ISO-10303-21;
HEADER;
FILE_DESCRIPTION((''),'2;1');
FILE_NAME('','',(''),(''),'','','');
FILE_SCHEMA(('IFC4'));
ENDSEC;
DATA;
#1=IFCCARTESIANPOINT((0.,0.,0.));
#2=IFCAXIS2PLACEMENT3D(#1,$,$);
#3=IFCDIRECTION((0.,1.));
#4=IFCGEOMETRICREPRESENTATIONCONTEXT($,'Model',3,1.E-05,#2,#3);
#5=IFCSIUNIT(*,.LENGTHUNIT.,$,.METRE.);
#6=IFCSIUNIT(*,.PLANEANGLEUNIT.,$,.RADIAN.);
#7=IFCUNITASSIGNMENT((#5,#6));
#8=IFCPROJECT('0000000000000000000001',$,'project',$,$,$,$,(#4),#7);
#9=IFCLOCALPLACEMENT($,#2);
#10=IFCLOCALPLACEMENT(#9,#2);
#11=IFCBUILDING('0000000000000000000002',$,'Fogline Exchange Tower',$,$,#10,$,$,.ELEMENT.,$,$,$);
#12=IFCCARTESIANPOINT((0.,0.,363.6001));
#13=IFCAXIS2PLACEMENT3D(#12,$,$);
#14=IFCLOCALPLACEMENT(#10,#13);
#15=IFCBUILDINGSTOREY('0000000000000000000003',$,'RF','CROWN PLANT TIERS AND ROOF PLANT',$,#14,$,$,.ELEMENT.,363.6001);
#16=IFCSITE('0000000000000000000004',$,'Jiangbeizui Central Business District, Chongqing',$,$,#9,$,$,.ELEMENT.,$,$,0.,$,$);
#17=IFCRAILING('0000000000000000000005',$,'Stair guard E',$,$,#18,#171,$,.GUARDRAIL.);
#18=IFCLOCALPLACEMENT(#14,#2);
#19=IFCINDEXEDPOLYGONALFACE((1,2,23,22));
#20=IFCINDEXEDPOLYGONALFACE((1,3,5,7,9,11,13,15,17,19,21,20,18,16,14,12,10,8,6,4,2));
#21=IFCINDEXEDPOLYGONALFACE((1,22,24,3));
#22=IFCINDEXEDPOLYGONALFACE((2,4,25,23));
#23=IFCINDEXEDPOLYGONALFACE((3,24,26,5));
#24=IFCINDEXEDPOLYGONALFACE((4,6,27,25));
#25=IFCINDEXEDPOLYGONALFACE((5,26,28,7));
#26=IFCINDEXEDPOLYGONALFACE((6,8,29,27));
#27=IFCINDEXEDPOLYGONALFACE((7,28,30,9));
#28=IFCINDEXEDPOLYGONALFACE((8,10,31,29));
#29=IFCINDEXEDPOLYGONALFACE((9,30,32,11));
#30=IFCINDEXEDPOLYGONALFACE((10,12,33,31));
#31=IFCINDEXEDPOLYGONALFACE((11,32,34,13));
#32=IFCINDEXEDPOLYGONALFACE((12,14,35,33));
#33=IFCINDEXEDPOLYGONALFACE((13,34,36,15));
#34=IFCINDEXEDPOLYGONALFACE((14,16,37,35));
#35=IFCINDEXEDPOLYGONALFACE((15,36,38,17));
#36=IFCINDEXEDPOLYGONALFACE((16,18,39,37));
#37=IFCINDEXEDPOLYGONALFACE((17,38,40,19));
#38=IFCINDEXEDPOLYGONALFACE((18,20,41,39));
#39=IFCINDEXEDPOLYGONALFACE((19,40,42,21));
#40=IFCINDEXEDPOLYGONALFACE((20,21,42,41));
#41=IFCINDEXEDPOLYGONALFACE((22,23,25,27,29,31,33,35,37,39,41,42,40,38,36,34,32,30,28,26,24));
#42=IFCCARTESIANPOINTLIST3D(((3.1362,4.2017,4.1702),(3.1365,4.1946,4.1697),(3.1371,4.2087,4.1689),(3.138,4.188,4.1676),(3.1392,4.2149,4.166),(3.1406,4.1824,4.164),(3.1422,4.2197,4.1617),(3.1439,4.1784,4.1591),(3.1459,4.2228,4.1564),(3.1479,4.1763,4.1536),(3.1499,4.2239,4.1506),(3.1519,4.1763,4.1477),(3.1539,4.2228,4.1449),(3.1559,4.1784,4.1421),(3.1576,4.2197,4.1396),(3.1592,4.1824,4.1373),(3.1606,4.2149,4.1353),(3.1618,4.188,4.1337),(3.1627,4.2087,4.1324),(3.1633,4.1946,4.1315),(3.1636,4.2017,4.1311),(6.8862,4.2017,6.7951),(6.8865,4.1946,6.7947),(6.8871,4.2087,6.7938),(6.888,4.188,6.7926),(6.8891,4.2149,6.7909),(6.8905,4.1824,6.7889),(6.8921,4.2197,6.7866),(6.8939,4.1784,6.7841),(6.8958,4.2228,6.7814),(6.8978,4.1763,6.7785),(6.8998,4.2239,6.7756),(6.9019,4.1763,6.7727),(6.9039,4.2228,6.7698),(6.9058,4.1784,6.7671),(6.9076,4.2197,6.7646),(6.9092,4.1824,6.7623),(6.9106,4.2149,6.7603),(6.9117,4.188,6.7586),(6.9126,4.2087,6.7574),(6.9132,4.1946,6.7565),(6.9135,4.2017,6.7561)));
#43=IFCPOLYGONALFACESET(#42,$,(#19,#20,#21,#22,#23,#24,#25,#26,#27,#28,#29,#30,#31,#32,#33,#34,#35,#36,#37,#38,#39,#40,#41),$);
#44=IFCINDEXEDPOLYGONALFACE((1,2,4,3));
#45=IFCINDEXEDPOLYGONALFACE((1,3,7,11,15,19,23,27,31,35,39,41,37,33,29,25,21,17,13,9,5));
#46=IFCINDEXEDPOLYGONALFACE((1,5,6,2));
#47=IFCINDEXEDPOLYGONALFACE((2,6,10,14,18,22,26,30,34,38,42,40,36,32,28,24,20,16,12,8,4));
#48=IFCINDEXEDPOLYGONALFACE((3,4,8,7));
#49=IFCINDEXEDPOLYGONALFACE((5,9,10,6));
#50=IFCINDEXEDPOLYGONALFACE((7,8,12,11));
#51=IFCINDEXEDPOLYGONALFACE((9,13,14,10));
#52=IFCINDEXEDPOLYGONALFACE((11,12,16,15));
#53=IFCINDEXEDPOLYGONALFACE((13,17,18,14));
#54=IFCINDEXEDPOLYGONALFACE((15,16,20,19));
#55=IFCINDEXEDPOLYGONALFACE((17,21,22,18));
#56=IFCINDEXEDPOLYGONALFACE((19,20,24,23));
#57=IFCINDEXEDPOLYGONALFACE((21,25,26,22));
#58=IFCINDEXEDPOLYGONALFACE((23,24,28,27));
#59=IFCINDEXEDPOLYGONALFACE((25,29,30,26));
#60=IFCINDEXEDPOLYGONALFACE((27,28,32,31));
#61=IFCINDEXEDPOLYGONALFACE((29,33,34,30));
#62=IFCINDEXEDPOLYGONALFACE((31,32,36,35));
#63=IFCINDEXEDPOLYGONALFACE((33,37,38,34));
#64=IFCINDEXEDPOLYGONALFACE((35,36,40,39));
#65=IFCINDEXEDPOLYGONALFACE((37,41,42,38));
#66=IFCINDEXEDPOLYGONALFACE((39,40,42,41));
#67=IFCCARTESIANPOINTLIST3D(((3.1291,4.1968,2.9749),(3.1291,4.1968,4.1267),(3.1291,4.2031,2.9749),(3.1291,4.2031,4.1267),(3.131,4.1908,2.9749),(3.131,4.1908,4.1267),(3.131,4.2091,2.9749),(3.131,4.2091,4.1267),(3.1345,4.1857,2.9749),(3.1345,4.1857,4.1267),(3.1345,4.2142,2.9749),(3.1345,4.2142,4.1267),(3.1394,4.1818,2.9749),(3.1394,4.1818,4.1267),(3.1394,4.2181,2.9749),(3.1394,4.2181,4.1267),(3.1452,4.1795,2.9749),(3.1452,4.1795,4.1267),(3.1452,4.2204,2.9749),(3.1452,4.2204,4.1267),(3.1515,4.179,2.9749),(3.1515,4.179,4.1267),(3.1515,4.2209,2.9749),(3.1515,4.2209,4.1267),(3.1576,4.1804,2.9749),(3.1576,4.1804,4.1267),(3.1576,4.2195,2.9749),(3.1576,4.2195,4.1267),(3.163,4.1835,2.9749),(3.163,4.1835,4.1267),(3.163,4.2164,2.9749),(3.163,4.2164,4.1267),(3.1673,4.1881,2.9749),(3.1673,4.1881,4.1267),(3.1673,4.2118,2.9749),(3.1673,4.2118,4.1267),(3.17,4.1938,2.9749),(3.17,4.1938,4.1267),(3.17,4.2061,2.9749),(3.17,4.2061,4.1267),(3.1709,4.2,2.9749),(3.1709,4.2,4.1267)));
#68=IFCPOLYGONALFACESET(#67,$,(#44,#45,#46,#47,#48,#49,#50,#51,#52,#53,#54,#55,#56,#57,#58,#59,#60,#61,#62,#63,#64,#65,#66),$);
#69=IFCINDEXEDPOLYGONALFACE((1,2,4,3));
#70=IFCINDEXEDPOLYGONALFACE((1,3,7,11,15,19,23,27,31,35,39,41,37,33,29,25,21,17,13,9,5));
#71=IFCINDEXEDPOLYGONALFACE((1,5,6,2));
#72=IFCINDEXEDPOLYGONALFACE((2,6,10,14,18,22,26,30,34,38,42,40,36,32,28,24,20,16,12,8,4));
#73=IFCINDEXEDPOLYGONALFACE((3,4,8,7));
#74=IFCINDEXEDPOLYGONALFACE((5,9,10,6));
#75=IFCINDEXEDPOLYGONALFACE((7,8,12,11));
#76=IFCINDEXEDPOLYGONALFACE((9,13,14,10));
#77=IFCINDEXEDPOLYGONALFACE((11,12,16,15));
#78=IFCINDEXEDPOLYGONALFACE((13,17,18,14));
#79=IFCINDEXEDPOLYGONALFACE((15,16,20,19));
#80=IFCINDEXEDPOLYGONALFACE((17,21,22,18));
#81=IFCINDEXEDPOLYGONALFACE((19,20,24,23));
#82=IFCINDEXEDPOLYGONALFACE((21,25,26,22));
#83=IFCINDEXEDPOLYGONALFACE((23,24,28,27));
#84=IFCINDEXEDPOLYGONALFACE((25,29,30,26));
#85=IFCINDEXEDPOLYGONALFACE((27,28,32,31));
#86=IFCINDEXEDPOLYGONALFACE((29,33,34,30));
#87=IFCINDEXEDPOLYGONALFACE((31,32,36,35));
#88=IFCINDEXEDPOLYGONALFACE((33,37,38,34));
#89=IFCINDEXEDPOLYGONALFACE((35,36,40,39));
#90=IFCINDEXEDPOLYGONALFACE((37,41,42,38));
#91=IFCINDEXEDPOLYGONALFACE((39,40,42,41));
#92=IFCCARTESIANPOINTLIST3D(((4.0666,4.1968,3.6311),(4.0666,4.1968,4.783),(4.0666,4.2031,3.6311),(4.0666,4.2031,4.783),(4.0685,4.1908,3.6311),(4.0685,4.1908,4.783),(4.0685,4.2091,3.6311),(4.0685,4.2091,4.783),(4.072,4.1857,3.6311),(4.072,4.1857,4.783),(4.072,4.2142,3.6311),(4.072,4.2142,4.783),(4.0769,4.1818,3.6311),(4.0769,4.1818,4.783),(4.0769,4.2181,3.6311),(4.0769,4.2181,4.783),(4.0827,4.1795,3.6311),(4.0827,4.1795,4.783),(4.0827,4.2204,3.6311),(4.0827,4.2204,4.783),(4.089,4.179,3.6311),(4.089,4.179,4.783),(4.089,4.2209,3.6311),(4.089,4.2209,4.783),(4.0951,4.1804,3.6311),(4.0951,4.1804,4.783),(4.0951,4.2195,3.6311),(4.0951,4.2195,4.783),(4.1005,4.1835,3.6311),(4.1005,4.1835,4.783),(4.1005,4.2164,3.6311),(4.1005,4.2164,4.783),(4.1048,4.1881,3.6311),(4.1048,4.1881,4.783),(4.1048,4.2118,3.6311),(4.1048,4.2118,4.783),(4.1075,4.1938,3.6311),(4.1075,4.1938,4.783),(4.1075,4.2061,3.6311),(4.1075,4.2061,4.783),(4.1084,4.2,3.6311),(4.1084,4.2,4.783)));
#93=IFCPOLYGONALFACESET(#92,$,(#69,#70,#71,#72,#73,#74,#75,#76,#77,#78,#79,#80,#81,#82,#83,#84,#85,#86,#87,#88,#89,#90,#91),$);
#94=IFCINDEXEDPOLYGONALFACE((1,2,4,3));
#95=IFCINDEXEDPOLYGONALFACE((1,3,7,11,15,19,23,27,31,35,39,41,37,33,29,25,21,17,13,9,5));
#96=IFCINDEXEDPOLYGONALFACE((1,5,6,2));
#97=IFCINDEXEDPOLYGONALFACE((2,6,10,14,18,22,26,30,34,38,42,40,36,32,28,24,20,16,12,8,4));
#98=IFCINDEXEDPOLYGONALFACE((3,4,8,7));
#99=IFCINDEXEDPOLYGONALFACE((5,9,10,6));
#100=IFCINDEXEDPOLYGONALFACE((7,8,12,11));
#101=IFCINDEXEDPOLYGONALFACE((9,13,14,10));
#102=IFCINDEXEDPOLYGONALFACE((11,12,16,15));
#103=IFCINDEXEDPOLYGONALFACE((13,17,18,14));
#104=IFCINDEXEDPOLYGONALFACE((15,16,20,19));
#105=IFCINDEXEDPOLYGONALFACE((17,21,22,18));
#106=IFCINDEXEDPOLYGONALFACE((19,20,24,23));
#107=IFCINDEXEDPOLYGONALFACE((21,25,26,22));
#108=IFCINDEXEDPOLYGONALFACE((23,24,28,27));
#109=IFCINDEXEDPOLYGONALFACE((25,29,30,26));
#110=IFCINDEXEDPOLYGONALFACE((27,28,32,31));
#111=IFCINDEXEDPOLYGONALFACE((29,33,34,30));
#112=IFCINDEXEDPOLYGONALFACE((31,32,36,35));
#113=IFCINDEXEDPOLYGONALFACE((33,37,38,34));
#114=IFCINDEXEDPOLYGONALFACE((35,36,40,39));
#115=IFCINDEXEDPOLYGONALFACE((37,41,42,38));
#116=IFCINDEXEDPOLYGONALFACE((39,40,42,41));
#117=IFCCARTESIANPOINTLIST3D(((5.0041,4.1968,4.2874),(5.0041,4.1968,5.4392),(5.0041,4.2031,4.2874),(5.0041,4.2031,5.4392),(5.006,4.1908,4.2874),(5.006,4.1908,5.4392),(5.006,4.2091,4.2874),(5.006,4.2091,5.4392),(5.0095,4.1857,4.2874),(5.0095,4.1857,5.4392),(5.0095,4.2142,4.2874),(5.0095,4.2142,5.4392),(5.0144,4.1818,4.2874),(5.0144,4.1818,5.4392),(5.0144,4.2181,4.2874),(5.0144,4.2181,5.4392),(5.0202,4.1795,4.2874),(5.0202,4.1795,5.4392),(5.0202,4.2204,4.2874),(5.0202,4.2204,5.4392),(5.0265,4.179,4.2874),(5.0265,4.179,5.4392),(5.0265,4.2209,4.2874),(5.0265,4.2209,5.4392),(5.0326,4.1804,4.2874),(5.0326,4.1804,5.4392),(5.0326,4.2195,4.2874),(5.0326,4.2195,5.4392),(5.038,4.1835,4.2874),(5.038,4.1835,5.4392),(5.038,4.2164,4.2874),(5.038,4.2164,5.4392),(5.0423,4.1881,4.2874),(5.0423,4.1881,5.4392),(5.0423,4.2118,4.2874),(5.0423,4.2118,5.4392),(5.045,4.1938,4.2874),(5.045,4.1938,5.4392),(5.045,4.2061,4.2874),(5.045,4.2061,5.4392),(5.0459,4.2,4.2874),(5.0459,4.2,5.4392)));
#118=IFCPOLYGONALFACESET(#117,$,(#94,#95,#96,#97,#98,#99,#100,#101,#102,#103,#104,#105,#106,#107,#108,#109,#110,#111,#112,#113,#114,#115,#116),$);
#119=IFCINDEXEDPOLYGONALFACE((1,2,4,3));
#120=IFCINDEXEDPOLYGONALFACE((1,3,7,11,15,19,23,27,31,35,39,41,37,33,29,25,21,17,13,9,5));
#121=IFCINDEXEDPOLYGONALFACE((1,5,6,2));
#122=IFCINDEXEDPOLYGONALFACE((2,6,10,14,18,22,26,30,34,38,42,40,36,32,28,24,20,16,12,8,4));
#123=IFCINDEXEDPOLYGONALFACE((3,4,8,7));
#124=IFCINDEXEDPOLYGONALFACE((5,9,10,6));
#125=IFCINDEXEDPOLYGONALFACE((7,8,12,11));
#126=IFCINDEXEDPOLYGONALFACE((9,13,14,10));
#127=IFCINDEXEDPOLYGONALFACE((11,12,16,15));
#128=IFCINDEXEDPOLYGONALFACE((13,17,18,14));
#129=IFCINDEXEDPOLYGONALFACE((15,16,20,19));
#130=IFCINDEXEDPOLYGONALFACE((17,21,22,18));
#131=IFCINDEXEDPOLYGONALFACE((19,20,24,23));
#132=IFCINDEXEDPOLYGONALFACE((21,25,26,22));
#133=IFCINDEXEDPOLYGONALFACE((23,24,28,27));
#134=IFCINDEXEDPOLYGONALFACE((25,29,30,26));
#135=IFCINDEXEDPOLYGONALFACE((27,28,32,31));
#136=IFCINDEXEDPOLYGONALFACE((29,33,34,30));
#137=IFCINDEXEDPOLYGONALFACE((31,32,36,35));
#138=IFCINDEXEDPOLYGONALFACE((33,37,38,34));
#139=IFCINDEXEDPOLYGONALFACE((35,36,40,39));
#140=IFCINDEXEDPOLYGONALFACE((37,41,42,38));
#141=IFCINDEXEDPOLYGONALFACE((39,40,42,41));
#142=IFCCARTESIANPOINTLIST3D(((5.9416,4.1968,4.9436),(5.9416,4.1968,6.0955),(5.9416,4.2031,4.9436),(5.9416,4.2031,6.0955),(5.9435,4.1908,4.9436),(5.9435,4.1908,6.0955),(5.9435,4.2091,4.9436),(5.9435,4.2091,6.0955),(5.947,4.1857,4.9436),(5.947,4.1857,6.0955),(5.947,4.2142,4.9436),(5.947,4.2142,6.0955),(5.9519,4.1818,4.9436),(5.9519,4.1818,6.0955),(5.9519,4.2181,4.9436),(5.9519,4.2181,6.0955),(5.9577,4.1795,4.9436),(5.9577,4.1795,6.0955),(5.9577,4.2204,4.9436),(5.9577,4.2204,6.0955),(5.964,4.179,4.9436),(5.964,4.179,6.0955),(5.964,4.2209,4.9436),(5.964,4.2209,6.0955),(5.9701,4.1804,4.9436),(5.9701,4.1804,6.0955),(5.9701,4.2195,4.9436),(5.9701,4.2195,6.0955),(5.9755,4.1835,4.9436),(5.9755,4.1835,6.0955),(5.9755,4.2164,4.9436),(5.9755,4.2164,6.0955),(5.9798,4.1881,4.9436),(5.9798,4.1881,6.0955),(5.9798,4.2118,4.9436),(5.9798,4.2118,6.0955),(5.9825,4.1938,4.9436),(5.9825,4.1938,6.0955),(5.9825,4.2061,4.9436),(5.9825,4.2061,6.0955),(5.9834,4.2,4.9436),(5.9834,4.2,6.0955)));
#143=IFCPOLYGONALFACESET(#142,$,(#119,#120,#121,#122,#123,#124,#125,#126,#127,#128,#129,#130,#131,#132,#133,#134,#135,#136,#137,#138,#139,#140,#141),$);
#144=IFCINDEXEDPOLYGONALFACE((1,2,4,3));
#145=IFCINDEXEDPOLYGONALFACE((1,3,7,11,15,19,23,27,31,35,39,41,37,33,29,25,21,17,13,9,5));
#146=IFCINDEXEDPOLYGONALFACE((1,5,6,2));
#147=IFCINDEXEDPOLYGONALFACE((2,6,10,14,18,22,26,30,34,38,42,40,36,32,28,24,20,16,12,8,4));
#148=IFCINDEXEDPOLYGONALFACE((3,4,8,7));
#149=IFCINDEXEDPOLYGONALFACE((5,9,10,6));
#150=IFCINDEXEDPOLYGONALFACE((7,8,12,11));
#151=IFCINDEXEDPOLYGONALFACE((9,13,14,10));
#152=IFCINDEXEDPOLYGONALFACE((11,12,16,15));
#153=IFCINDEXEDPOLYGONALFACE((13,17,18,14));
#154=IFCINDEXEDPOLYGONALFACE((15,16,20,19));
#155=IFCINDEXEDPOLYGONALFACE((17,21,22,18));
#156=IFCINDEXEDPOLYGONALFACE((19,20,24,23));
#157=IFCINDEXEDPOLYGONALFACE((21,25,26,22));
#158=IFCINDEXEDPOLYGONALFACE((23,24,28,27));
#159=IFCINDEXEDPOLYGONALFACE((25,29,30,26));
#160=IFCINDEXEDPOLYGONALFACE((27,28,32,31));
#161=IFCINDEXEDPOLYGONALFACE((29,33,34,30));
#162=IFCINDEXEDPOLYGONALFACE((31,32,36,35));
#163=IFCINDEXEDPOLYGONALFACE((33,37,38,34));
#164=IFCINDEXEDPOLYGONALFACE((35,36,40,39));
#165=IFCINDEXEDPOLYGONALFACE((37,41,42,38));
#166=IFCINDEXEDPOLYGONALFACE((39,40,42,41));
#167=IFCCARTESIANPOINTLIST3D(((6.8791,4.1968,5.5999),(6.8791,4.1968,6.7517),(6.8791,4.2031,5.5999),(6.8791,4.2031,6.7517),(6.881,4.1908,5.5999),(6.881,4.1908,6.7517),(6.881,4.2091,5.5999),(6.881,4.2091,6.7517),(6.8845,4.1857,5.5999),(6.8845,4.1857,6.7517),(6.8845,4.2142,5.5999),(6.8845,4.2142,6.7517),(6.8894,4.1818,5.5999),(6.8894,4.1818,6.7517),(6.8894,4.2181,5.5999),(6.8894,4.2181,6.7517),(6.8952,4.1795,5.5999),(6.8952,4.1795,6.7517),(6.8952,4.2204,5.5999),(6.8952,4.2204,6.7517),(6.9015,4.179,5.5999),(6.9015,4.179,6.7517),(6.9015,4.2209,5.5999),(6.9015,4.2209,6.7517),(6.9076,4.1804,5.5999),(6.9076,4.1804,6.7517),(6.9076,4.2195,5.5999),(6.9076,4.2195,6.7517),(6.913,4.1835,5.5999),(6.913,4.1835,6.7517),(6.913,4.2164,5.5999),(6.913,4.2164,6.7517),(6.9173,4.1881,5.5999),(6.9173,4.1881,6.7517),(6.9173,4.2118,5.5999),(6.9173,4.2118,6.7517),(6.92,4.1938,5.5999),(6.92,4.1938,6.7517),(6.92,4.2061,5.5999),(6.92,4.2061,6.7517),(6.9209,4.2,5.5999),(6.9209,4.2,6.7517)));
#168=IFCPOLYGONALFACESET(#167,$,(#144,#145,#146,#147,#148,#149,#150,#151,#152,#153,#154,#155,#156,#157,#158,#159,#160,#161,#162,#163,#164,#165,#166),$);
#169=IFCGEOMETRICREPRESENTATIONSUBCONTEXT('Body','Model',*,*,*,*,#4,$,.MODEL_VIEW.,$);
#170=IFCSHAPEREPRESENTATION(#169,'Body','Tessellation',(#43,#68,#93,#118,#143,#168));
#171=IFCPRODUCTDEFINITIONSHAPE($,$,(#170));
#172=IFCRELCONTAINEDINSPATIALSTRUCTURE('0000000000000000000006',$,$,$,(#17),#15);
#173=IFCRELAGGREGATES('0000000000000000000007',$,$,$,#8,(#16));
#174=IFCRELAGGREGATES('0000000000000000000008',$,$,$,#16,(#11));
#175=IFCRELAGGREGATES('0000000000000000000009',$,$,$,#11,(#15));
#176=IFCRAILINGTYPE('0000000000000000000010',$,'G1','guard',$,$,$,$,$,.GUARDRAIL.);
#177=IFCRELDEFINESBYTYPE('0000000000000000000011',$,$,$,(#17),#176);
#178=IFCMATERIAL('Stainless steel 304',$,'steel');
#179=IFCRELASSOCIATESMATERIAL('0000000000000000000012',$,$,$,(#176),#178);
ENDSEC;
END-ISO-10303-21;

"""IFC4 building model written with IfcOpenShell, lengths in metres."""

from ifc_helpers import new_model, si_unit, direction, frame, origin, origin_2d, place, context, subcontext, project, spatial, circle, extrude, material, type_object, element, save


model = new_model("IFC4")

# Units and contexts
model_context = context("Model", 3, precision=1e-05, world=origin(), true_north=direction((0.0, 1.0)))
body_context = subcontext(model_context, "Body", "Model", "MODEL_VIEW")
ifc_project = project(units=[si_unit("LENGTHUNIT", "METRE"), si_unit("PLANEANGLEUNIT", "RADIAN")], contexts=[model_context])

# Site, building, storey
site_placement = place(None, origin())
site = spatial("IfcSite", under=ifc_project, at=site_placement, Name="Jiangbeizui Central Business District, Chongqing", CompositionType="ELEMENT", RefElevation=0.0)
building_placement = place(site_placement, origin())
building = spatial("IfcBuilding", under=site, at=building_placement, Name="Fogline Exchange Tower", CompositionType="ELEMENT")
storey_placement = place(building_placement, frame((0.0, 0.0, 363.6001)))
storey = spatial("IfcBuildingStorey", under=building, at=storey_placement, Name="RF", Description="CROWN PLANT TIERS AND ROOF PLANT", CompositionType="ELEMENT", Elevation=363.6001)

# Railing
ifc_material_1 = material(Name="Stainless steel 304", Category="steel")
railing_type_1 = type_object("IfcRailingType", Name="G1", Description="guard", PredefinedType="GUARDRAIL", material=ifc_material_1)
railing_1_placement = place(storey_placement, frame((3.1499, 4.2, 2.9749)))
element("IfcRailing", 1, at=railing_1_placement, inside=storey, type_object=railing_type_1, Name="Stair guard E", PredefinedType="GUARDRAIL", context=body_context, shape_type="SweptSolid", body=[
    extrude(circle(Radius=0.0239, at=origin_2d()), frame((0.0, 0.0, 1.1758), z_axis=(0.819232, 0.0, 0.573462), x_axis=(0.0, 1.0, 0.0)), (0.0, 0.0, 1.0), 4.5774),
    extrude(circle(Radius=0.021, at=origin_2d()), origin(), (0.0, 0.0, 1.0), 1.1519),
    extrude(circle(Radius=0.021, at=origin_2d()), frame((0.9375, 0.0, 0.6562)), (0.0, 0.0, 1.0), 1.1519),
    extrude(circle(Radius=0.021, at=origin_2d()), frame((1.875, 0.0, 1.3125)), (0.0, 0.0, 1.0), 1.1519),
    extrude(circle(Radius=0.021, at=origin_2d()), frame((2.8125, 0.0, 1.9688)), (0.0, 0.0, 1.0), 1.1519),
    extrude(circle(Radius=0.021, at=origin_2d()), frame((3.75, 0.0, 2.625)), (0.0, 0.0, 1.0), 1.1519),
])

save(model, "model.ifc")
